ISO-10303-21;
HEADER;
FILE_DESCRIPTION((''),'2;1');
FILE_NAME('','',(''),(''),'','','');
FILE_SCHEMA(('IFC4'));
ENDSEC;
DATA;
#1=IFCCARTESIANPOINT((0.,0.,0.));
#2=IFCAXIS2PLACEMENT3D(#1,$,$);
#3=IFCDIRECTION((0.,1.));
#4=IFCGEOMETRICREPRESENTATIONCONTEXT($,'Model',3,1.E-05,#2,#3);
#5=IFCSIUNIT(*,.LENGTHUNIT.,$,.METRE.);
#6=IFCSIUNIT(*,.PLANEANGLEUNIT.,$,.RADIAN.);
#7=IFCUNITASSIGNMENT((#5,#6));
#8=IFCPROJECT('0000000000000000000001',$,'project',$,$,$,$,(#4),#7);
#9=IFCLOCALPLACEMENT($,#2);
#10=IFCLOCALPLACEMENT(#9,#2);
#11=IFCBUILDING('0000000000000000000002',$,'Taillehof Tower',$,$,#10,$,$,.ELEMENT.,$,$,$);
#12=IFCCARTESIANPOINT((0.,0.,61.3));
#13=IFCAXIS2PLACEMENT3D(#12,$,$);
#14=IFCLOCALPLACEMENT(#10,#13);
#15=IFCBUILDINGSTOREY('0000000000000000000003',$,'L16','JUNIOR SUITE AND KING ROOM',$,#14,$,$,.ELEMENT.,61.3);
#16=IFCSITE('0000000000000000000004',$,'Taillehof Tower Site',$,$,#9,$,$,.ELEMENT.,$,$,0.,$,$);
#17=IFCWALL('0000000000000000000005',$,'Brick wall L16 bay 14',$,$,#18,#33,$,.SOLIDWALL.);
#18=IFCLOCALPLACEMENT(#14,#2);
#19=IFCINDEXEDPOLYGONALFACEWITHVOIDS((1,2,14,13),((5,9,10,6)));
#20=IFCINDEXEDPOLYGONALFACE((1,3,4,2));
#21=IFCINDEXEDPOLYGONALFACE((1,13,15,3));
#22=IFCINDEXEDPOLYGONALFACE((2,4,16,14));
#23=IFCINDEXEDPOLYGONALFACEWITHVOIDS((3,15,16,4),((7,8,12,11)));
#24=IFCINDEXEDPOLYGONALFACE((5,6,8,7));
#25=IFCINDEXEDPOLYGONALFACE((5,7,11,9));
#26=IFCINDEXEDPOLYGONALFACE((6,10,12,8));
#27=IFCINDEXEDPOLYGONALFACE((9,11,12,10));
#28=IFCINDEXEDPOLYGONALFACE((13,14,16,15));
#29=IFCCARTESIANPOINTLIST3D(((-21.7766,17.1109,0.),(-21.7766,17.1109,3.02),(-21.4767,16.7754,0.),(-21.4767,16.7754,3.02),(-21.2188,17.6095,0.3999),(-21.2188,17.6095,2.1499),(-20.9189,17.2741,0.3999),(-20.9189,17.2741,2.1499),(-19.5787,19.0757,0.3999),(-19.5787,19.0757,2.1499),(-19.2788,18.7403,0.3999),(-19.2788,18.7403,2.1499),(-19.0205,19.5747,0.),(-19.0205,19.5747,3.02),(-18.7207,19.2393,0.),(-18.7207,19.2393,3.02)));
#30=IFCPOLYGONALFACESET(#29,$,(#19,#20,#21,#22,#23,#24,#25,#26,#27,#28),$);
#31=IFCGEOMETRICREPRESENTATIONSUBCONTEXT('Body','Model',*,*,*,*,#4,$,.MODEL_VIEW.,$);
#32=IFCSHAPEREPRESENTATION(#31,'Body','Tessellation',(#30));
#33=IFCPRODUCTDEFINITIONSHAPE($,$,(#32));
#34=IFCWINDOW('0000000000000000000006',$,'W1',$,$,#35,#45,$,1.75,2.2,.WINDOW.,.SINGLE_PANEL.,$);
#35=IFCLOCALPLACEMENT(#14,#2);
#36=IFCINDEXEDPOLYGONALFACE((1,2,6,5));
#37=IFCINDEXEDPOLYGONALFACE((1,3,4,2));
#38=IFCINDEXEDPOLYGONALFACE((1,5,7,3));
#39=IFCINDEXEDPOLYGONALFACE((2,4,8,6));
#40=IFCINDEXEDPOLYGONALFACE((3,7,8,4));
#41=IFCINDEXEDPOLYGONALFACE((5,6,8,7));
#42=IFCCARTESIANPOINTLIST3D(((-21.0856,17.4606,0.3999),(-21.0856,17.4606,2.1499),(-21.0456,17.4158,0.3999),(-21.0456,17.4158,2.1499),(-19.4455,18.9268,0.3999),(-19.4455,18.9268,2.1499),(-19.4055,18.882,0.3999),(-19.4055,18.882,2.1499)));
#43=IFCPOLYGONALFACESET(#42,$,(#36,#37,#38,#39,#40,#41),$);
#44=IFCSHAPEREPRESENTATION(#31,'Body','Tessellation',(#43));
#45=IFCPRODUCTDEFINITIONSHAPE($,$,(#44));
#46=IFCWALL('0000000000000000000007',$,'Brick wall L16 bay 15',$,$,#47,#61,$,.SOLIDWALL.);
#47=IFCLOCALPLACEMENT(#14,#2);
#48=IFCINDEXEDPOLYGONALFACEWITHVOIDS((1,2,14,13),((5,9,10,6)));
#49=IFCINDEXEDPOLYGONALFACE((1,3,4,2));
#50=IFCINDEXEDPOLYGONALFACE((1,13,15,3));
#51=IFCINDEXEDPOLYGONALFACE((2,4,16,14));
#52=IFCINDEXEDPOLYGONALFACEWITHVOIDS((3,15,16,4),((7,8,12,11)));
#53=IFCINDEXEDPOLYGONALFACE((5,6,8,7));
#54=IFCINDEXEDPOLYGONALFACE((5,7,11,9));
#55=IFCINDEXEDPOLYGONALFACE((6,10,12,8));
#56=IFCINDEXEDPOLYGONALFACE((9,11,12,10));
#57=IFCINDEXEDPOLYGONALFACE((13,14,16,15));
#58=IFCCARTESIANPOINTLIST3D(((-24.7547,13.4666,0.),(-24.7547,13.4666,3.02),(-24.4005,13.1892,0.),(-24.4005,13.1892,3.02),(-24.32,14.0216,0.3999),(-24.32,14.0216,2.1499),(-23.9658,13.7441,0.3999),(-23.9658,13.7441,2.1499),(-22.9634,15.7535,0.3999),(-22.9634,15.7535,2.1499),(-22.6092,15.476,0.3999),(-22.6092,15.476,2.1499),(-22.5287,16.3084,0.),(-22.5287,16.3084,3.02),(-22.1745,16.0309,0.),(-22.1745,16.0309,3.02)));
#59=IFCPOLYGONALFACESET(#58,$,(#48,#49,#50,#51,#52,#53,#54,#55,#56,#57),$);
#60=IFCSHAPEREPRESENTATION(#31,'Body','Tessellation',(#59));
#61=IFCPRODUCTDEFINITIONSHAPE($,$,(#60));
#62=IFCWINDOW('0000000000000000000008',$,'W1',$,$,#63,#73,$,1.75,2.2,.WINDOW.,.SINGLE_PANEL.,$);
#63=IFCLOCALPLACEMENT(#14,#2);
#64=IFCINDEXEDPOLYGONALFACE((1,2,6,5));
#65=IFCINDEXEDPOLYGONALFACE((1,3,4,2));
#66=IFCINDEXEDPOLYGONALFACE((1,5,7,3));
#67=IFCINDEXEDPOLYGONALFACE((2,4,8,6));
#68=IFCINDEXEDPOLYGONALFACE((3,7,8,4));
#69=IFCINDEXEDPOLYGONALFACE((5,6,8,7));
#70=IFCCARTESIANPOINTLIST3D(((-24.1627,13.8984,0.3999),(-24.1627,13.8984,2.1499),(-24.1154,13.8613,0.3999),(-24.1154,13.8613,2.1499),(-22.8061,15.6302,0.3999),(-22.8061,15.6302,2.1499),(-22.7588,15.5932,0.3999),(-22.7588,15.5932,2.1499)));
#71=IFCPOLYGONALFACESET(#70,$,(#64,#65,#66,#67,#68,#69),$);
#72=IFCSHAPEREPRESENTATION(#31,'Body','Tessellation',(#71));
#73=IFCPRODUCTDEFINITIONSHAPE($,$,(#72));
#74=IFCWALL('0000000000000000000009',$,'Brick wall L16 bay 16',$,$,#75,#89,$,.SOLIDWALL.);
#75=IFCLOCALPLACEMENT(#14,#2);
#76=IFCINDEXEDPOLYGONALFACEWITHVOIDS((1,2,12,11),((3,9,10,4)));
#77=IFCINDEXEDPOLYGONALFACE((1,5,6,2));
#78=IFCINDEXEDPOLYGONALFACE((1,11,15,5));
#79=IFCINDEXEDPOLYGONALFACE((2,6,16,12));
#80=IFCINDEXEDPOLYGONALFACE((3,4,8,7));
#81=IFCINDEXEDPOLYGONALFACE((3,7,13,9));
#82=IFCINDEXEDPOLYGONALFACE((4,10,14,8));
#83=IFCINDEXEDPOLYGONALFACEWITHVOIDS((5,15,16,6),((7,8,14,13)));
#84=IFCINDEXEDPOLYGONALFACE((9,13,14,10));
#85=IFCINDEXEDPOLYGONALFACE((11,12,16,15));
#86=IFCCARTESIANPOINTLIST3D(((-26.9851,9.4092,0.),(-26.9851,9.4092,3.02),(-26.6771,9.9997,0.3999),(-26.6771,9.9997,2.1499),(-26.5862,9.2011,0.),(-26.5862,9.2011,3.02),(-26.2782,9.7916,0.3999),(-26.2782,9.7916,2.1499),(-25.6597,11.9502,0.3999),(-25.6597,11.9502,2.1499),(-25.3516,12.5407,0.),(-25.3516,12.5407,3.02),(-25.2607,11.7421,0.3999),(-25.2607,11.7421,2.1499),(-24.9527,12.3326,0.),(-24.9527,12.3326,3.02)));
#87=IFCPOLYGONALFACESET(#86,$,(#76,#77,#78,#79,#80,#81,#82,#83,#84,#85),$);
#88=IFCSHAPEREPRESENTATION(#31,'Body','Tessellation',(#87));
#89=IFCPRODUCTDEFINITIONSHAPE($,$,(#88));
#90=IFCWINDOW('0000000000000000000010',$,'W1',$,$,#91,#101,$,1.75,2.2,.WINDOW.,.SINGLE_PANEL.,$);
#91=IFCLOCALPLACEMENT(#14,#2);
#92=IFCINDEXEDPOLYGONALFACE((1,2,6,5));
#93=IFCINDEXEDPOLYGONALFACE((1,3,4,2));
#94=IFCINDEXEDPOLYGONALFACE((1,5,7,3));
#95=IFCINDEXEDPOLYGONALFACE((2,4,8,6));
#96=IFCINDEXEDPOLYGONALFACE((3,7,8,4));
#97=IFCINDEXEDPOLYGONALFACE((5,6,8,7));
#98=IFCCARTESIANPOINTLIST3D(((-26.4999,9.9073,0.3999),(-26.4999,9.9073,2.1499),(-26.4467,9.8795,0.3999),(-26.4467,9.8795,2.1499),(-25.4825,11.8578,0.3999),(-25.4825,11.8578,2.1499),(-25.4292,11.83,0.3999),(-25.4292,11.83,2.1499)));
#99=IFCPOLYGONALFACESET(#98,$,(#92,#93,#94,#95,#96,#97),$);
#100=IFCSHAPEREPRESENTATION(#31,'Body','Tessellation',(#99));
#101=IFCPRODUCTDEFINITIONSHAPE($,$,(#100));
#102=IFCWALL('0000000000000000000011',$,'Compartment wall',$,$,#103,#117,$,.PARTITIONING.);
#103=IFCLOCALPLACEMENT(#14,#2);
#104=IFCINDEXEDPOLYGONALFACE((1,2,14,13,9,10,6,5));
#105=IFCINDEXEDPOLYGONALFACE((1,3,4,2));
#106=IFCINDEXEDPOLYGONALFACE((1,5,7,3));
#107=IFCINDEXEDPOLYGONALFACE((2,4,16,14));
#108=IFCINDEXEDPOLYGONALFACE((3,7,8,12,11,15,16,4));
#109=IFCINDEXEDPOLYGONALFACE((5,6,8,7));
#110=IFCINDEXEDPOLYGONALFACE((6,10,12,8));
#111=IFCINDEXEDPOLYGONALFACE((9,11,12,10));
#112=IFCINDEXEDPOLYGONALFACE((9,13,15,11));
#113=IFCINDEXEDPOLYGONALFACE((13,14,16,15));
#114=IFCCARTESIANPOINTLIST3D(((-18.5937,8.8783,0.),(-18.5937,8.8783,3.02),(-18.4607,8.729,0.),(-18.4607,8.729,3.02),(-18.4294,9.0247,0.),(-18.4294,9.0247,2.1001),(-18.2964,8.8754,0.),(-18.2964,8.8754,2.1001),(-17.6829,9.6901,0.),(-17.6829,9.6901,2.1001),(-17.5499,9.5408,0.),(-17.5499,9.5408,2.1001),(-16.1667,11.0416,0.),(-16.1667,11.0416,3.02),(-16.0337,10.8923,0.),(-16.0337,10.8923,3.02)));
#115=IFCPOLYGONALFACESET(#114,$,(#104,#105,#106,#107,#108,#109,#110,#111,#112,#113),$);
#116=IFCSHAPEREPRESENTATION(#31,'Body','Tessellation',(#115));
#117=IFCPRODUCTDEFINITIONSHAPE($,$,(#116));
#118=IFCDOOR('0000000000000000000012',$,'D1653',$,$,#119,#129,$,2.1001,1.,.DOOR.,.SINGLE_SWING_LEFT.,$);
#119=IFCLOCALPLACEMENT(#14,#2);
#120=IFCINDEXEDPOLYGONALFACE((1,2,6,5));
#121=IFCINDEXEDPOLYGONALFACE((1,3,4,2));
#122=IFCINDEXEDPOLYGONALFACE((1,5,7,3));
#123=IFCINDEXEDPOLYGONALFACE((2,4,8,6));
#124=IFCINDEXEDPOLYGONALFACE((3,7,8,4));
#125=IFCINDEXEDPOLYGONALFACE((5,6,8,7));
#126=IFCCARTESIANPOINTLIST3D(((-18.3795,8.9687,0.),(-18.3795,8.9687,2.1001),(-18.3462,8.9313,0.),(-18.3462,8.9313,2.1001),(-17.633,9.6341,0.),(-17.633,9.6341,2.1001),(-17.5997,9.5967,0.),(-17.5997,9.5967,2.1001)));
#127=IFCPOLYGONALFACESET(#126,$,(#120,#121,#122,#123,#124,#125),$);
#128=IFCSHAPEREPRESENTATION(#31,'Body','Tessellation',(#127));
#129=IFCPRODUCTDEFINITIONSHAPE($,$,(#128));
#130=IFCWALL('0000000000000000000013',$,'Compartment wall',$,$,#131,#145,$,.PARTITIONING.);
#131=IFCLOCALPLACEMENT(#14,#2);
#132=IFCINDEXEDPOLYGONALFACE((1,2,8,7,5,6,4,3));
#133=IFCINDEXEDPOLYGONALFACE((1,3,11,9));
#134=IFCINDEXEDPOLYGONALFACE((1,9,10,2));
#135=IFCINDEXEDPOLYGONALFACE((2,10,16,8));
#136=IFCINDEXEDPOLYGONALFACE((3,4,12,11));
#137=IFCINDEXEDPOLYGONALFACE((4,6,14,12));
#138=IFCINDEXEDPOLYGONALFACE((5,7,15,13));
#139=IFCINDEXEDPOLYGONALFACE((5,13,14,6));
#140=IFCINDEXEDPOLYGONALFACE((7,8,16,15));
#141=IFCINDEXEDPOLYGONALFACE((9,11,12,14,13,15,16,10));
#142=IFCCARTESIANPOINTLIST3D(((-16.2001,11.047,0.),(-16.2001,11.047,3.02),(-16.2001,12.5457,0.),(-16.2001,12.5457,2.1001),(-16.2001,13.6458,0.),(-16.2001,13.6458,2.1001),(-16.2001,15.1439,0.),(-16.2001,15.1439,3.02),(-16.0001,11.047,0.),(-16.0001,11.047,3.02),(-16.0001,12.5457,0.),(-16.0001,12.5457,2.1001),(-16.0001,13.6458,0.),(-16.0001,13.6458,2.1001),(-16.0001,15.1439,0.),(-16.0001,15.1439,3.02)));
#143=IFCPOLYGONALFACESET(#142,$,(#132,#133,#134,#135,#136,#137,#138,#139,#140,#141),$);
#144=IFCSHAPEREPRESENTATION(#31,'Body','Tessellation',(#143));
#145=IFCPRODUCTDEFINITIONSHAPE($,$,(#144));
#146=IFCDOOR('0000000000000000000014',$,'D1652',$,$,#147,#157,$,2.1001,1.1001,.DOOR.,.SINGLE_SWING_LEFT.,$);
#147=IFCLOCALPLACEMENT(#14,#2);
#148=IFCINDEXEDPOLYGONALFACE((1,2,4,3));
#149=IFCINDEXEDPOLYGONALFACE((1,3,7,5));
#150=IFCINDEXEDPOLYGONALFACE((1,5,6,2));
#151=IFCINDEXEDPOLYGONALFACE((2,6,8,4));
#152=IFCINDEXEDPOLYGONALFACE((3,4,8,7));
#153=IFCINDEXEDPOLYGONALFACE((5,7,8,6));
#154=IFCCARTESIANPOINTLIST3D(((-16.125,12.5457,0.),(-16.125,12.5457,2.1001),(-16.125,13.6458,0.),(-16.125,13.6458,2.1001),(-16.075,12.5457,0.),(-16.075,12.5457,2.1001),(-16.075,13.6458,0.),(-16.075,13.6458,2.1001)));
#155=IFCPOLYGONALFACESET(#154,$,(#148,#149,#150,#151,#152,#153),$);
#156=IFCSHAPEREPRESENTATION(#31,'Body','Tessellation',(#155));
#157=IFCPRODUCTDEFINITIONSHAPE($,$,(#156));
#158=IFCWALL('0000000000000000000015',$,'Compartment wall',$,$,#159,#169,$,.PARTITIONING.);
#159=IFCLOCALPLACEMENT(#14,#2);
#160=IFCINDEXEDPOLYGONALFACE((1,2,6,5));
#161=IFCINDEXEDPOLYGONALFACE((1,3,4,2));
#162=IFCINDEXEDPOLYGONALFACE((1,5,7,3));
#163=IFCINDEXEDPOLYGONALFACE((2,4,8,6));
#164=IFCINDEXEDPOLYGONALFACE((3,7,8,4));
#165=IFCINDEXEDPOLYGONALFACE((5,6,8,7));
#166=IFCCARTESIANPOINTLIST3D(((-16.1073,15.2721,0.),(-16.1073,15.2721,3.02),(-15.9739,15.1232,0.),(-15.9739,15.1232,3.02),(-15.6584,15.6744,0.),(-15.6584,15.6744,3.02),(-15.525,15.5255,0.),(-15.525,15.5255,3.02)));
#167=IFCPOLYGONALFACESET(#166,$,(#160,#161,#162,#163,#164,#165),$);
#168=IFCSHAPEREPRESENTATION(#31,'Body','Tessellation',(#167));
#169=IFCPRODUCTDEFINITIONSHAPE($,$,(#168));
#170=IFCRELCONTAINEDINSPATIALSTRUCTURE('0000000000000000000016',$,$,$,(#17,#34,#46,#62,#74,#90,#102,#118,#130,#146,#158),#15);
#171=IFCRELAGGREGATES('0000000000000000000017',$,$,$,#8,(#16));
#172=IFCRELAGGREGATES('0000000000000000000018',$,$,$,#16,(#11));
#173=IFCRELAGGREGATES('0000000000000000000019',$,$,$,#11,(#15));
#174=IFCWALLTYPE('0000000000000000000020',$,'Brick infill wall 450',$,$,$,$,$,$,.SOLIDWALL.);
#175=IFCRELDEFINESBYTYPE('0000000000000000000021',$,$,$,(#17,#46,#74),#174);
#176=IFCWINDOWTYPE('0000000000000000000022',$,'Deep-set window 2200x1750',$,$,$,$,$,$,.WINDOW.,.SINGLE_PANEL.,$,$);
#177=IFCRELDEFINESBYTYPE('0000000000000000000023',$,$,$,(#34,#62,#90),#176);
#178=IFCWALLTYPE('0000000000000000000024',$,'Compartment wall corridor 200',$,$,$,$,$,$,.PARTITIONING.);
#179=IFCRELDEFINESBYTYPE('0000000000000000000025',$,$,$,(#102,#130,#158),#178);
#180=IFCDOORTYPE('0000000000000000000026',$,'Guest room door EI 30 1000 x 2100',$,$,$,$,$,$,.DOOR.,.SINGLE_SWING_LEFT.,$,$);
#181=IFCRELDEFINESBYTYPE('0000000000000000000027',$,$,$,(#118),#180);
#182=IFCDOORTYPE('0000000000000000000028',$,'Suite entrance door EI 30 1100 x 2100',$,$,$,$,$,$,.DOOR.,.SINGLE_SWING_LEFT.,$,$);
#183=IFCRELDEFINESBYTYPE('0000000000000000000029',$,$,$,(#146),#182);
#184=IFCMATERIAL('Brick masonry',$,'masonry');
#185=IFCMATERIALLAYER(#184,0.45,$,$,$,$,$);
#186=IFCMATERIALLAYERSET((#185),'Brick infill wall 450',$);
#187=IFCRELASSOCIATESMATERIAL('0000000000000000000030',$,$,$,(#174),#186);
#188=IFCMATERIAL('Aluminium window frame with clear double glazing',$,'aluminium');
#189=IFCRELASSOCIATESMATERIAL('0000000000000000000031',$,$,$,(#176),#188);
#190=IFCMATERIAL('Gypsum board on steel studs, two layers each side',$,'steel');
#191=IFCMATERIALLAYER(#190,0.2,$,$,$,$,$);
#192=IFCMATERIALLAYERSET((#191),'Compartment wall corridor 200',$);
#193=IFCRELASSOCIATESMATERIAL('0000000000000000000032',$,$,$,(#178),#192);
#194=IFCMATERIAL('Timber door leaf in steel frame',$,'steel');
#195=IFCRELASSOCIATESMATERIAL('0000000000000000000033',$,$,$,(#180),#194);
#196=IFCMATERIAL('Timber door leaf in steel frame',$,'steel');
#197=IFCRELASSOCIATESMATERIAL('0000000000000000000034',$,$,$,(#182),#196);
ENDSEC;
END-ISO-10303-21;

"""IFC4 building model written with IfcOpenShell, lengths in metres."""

from ifc_helpers import new_model, si_unit, direction, frame, frame_2d, origin, place, context, subcontext, project, spatial, rectangle, extrude, material, layer, layer_set, type_object, element, fill, save


model = new_model("IFC4")

# Units and contexts
model_context = context("Model", 3, precision=1e-05, world=origin(), true_north=direction((0.0, 1.0)))
body_context = subcontext(model_context, "Body", "Model", "MODEL_VIEW")
ifc_project = project(units=[si_unit("LENGTHUNIT", "METRE"), si_unit("PLANEANGLEUNIT", "RADIAN")], contexts=[model_context])

# Site, building, storey
site_placement = place(None, origin())
site = spatial("IfcSite", under=ifc_project, at=site_placement, Name="Taillehof Tower Site", CompositionType="ELEMENT", RefElevation=0.0)
building_placement = place(site_placement, origin())
building = spatial("IfcBuilding", under=site, at=building_placement, Name="Taillehof Tower", CompositionType="ELEMENT")
storey_placement = place(building_placement, frame((0.0, 0.0, 61.3)))
storey = spatial("IfcBuildingStorey", under=building, at=storey_placement, Name="L16", Description="JUNIOR SUITE AND KING ROOM", CompositionType="ELEMENT", Elevation=61.3)

# Walls, openings, windows
ifc_material_1 = material(Name="Brick masonry", Category="masonry")
ifc_layer_1 = layer(ifc_material_1, 0.45)
ifc_layer_set_1 = layer_set([ifc_layer_1], Name="Brick infill wall 450")
wall_type_1 = type_object("IfcWallType", Name="Brick infill wall 450", PredefinedType="SOLIDWALL", material=ifc_layer_set_1)
ifc_material_2 = material(Name="Aluminium window frame with clear double glazing", Category="aluminium")
window_type = type_object("IfcWindowType", Name="Deep-set window 2200x1750", PartitioningType="SINGLE_PANEL", PredefinedType="WINDOW", material=ifc_material_2)
wall_1_placement = place(storey_placement, frame((-18.8706, 19.407, 0.0), z_axis=(0.0, 0.0, 1.0), x_axis=(-0.745526, -0.666476, 0.0)))
wall_1 = element("IfcWall", 1, at=wall_1_placement, inside=storey, type_object=wall_type_1, Name="Brick wall L16 bay 14", PredefinedType="SOLIDWALL", context=body_context, shape_type="SweptSolid", body=[
    extrude(rectangle(XDim=3.6968, YDim=0.45, at=frame_2d((1.8484, 0.0))), origin(), (0.0, 0.0, 1.0), 3.02),
])
opening_1_placement = place(wall_1_placement, frame((0.7485, 0.0, 0.3999)))
opening_1 = element("IfcOpeningElement", 2, at=opening_1_placement, cuts=wall_1, PredefinedType="OPENING", context=body_context, shape_type="SweptSolid", body=[
    extrude(rectangle(XDim=2.2, YDim=1.75, at=frame_2d((1.1001, 0.875))), frame((0.0, 0.2349, 0.0), z_axis=(0.0, -1.0, 0.0), x_axis=(1.0, 0.0, 0.0)), (0.0, 0.0, 1.0), 0.47),
])
window_1_placement = place(opening_1_placement, origin())
window_1 = element("IfcWindow", 3, at=window_1_placement, inside=storey, type_object=window_type, Name="W1", OverallHeight=1.75, OverallWidth=2.2, PartitioningType="SINGLE_PANEL", PredefinedType="WINDOW", context=body_context, shape_type="SweptSolid", body=[
    extrude(rectangle(XDim=2.2, YDim=1.75, at=frame_2d((1.1001, 0.875))), frame((0.0, 0.0349, 0.0), z_axis=(0.0, -1.0, 0.0), x_axis=(1.0, 0.0, 0.0)), (0.0, 0.0, 1.0), 0.0601),
])
fill(opening_1, window_1)
wall_2_placement = place(storey_placement, frame((-22.3516, 16.1697, 0.0), z_axis=(0.0, 0.0, 1.0), x_axis=(-0.616662, -0.787228, 0.0)))
wall_2 = element("IfcWall", 4, at=wall_2_placement, inside=storey, type_object=wall_type_1, Name="Brick wall L16 bay 15", PredefinedType="SOLIDWALL", context=body_context, shape_type="SweptSolid", body=[
    extrude(rectangle(XDim=3.6099, YDim=0.45, at=frame_2d((1.8049, 0.0))), origin(), (0.0, 0.0, 1.0), 3.02),
])
opening_2_placement = place(wall_2_placement, frame((0.7048, 0.0, 0.3999)))
opening_2 = element("IfcOpeningElement", 5, at=opening_2_placement, cuts=wall_2, PredefinedType="OPENING", context=body_context, shape_type="SweptSolid", body=[
    extrude(rectangle(XDim=2.2, YDim=1.75, at=frame_2d((1.1001, 0.875))), frame((0.0, 0.2349, 0.0), z_axis=(0.0, -1.0, 0.0), x_axis=(1.0, 0.0, 0.0)), (0.0, 0.0, 1.0), 0.47),
])
window_2_placement = place(opening_2_placement, origin())
window_2 = element("IfcWindow", 6, at=window_2_placement, inside=storey, type_object=window_type, Name="W1", OverallHeight=1.75, OverallWidth=2.2, PartitioningType="SINGLE_PANEL", PredefinedType="WINDOW", context=body_context, shape_type="SweptSolid", body=[
    extrude(rectangle(XDim=2.2, YDim=1.75, at=frame_2d((1.1001, 0.875))), frame((0.0, 0.0349, 0.0), z_axis=(0.0, -1.0, 0.0), x_axis=(1.0, 0.0, 0.0)), (0.0, 0.0, 1.0), 0.0601),
])
fill(opening_2, window_2)
wall_3_placement = place(storey_placement, frame((-25.1521, 12.4368, 0.0), z_axis=(0.0, 0.0, 1.0), x_axis=(-0.462493, -0.886623, 0.0)))
wall_3 = element("IfcWall", 7, at=wall_3_placement, inside=storey, type_object=wall_type_1, Name="Brick wall L16 bay 16", PredefinedType="SOLIDWALL", context=body_context, shape_type="SweptSolid", body=[
    extrude(rectangle(XDim=3.532, YDim=0.45, at=frame_2d((1.7661, 0.0))), origin(), (0.0, 0.0, 1.0), 3.02),
])
opening_3_placement = place(wall_3_placement, frame((0.666, 0.0, 0.3999)))
opening_3 = element("IfcOpeningElement", 8, at=opening_3_placement, cuts=wall_3, PredefinedType="OPENING", context=body_context, shape_type="SweptSolid", body=[
    extrude(rectangle(XDim=2.2, YDim=1.75, at=frame_2d((1.1001, 0.875))), frame((0.0, 0.2349, 0.0), z_axis=(0.0, -1.0, 0.0), x_axis=(1.0, 0.0, 0.0)), (0.0, 0.0, 1.0), 0.47),
])
window_3_placement = place(opening_3_placement, origin())
window_3 = element("IfcWindow", 9, at=window_3_placement, inside=storey, type_object=window_type, Name="W1", OverallHeight=1.75, OverallWidth=2.2, PartitioningType="SINGLE_PANEL", PredefinedType="WINDOW", context=body_context, shape_type="SweptSolid", body=[
    extrude(rectangle(XDim=2.2, YDim=1.75, at=frame_2d((1.1001, 0.875))), frame((0.0, 0.0349, 0.0), z_axis=(0.0, -1.0, 0.0), x_axis=(1.0, 0.0, 0.0)), (0.0, 0.0, 1.0), 0.0601),
])
fill(opening_3, window_3)

# Walls, openings, doors
ifc_material_3 = material(Name="Gypsum board on steel studs, two layers each side", Category="steel")
ifc_layer_2 = layer(ifc_material_3, 0.2)
ifc_layer_set_2 = layer_set([ifc_layer_2], Name="Compartment wall corridor 200")
wall_type_2 = type_object("IfcWallType", Name="Compartment wall corridor 200", PredefinedType="PARTITIONING", material=ifc_layer_set_2)
wall_4_placement = place(storey_placement, frame((-18.5271, 8.8037, 0.0), z_axis=(0.0, 0.0, 1.0), x_axis=(0.746493, 0.665393, 0.0)))
wall_4 = element("IfcWall", 10, at=wall_4_placement, inside=storey, type_object=wall_type_2, Name="Compartment wall", PredefinedType="PARTITIONING", context=body_context, shape_type="SweptSolid", body=[
    extrude(rectangle(XDim=3.2512, YDim=0.2, at=frame_2d((1.6255, 0.0))), origin(), (0.0, 0.0, 1.0), 3.02),
])
opening_4_placement = place(wall_4_placement, frame((0.22, 0.0, 0.0)))
opening_4 = element("IfcOpeningElement", 11, at=opening_4_placement, cuts=wall_4, PredefinedType="OPENING", context=body_context, shape_type="SweptSolid", body=[
    extrude(rectangle(XDim=1.0, YDim=2.1001, at=frame_2d((0.5, 1.05))), frame((0.0, 0.1099, 0.0), z_axis=(0.0, -1.0, 0.0), x_axis=(1.0, 0.0, 0.0)), (0.0, 0.0, 1.0), 0.22),
])
ifc_material_4 = material(Name="Timber door leaf in steel frame", Category="steel")
door_type_1 = type_object("IfcDoorType", Name="Guest room door EI 30 1000 x 2100", OperationType="SINGLE_SWING_LEFT", PredefinedType="DOOR", material=ifc_material_4)
door_1_placement = place(opening_4_placement, origin())
door_1 = element("IfcDoor", 12, at=door_1_placement, inside=storey, type_object=door_type_1, Name="D1653", OperationType="SINGLE_SWING_LEFT", OverallHeight=2.1001, OverallWidth=1.0, PredefinedType="DOOR", context=body_context, shape_type="SweptSolid", body=[
    extrude(rectangle(XDim=1.0, YDim=2.1001, at=frame_2d((0.5, 1.05))), frame((0.0, 0.0249, 0.0), z_axis=(0.0, -1.0, 0.0), x_axis=(1.0, 0.0, 0.0)), (0.0, 0.0, 1.0), 0.05),
])
fill(opening_4, door_1)
wall_5_placement = place(storey_placement, frame((-16.1001, 11.0471, 0.0), z_axis=(0.0, 0.0, 1.0), x_axis=(0.0, 1.0, 0.0)))
wall_5 = element("IfcWall", 13, at=wall_5_placement, inside=storey, type_object=wall_type_2, Name="Compartment wall", PredefinedType="PARTITIONING", context=body_context, shape_type="SweptSolid", body=[
    extrude(rectangle(XDim=4.0969, YDim=0.2, at=frame_2d((2.0483, 0.0))), origin(), (0.0, 0.0, 1.0), 3.02),
])
opening_5_placement = place(wall_5_placement, frame((1.4985, 0.0, 0.0)))
opening_5 = element("IfcOpeningElement", 14, at=opening_5_placement, cuts=wall_5, PredefinedType="OPENING", context=body_context, shape_type="SweptSolid", body=[
    extrude(rectangle(XDim=1.1001, YDim=2.1001, at=frame_2d((0.55, 1.05))), frame((0.0, 0.1099, 0.0), z_axis=(0.0, -1.0, 0.0), x_axis=(1.0, 0.0, 0.0)), (0.0, 0.0, 1.0), 0.22),
])
ifc_material_5 = material(Name="Timber door leaf in steel frame", Category="steel")
door_type_2 = type_object("IfcDoorType", Name="Suite entrance door EI 30 1100 x 2100", OperationType="SINGLE_SWING_LEFT", PredefinedType="DOOR", material=ifc_material_5)
door_2_placement = place(opening_5_placement, origin())
door_2 = element("IfcDoor", 15, at=door_2_placement, inside=storey, type_object=door_type_2, Name="D1652", OperationType="SINGLE_SWING_LEFT", OverallHeight=2.1001, OverallWidth=1.1001, PredefinedType="DOOR", context=body_context, shape_type="SweptSolid", body=[
    extrude(rectangle(XDim=1.1001, YDim=2.1001, at=frame_2d((0.55, 1.05))), frame((0.0, 0.0249, 0.0), z_axis=(0.0, -1.0, 0.0), x_axis=(1.0, 0.0, 0.0)), (0.0, 0.0, 1.0), 0.05),
])
fill(opening_5, door_2)

# Wall
wall_6_placement = place(storey_placement, frame((-16.0405, 15.1978, 0.0), z_axis=(0.0, 0.0, 1.0), x_axis=(0.744722, 0.667375, 0.0)))
element("IfcWall", 16, at=wall_6_placement, inside=storey, type_object=wall_type_2, Name="Compartment wall", PredefinedType="PARTITIONING", context=body_context, shape_type="SweptSolid", body=[
    extrude(rectangle(XDim=0.6028, YDim=0.2, at=frame_2d((0.3013, 0.0))), origin(), (0.0, 0.0, 1.0), 3.02),
])

save(model, "model.ifc")
